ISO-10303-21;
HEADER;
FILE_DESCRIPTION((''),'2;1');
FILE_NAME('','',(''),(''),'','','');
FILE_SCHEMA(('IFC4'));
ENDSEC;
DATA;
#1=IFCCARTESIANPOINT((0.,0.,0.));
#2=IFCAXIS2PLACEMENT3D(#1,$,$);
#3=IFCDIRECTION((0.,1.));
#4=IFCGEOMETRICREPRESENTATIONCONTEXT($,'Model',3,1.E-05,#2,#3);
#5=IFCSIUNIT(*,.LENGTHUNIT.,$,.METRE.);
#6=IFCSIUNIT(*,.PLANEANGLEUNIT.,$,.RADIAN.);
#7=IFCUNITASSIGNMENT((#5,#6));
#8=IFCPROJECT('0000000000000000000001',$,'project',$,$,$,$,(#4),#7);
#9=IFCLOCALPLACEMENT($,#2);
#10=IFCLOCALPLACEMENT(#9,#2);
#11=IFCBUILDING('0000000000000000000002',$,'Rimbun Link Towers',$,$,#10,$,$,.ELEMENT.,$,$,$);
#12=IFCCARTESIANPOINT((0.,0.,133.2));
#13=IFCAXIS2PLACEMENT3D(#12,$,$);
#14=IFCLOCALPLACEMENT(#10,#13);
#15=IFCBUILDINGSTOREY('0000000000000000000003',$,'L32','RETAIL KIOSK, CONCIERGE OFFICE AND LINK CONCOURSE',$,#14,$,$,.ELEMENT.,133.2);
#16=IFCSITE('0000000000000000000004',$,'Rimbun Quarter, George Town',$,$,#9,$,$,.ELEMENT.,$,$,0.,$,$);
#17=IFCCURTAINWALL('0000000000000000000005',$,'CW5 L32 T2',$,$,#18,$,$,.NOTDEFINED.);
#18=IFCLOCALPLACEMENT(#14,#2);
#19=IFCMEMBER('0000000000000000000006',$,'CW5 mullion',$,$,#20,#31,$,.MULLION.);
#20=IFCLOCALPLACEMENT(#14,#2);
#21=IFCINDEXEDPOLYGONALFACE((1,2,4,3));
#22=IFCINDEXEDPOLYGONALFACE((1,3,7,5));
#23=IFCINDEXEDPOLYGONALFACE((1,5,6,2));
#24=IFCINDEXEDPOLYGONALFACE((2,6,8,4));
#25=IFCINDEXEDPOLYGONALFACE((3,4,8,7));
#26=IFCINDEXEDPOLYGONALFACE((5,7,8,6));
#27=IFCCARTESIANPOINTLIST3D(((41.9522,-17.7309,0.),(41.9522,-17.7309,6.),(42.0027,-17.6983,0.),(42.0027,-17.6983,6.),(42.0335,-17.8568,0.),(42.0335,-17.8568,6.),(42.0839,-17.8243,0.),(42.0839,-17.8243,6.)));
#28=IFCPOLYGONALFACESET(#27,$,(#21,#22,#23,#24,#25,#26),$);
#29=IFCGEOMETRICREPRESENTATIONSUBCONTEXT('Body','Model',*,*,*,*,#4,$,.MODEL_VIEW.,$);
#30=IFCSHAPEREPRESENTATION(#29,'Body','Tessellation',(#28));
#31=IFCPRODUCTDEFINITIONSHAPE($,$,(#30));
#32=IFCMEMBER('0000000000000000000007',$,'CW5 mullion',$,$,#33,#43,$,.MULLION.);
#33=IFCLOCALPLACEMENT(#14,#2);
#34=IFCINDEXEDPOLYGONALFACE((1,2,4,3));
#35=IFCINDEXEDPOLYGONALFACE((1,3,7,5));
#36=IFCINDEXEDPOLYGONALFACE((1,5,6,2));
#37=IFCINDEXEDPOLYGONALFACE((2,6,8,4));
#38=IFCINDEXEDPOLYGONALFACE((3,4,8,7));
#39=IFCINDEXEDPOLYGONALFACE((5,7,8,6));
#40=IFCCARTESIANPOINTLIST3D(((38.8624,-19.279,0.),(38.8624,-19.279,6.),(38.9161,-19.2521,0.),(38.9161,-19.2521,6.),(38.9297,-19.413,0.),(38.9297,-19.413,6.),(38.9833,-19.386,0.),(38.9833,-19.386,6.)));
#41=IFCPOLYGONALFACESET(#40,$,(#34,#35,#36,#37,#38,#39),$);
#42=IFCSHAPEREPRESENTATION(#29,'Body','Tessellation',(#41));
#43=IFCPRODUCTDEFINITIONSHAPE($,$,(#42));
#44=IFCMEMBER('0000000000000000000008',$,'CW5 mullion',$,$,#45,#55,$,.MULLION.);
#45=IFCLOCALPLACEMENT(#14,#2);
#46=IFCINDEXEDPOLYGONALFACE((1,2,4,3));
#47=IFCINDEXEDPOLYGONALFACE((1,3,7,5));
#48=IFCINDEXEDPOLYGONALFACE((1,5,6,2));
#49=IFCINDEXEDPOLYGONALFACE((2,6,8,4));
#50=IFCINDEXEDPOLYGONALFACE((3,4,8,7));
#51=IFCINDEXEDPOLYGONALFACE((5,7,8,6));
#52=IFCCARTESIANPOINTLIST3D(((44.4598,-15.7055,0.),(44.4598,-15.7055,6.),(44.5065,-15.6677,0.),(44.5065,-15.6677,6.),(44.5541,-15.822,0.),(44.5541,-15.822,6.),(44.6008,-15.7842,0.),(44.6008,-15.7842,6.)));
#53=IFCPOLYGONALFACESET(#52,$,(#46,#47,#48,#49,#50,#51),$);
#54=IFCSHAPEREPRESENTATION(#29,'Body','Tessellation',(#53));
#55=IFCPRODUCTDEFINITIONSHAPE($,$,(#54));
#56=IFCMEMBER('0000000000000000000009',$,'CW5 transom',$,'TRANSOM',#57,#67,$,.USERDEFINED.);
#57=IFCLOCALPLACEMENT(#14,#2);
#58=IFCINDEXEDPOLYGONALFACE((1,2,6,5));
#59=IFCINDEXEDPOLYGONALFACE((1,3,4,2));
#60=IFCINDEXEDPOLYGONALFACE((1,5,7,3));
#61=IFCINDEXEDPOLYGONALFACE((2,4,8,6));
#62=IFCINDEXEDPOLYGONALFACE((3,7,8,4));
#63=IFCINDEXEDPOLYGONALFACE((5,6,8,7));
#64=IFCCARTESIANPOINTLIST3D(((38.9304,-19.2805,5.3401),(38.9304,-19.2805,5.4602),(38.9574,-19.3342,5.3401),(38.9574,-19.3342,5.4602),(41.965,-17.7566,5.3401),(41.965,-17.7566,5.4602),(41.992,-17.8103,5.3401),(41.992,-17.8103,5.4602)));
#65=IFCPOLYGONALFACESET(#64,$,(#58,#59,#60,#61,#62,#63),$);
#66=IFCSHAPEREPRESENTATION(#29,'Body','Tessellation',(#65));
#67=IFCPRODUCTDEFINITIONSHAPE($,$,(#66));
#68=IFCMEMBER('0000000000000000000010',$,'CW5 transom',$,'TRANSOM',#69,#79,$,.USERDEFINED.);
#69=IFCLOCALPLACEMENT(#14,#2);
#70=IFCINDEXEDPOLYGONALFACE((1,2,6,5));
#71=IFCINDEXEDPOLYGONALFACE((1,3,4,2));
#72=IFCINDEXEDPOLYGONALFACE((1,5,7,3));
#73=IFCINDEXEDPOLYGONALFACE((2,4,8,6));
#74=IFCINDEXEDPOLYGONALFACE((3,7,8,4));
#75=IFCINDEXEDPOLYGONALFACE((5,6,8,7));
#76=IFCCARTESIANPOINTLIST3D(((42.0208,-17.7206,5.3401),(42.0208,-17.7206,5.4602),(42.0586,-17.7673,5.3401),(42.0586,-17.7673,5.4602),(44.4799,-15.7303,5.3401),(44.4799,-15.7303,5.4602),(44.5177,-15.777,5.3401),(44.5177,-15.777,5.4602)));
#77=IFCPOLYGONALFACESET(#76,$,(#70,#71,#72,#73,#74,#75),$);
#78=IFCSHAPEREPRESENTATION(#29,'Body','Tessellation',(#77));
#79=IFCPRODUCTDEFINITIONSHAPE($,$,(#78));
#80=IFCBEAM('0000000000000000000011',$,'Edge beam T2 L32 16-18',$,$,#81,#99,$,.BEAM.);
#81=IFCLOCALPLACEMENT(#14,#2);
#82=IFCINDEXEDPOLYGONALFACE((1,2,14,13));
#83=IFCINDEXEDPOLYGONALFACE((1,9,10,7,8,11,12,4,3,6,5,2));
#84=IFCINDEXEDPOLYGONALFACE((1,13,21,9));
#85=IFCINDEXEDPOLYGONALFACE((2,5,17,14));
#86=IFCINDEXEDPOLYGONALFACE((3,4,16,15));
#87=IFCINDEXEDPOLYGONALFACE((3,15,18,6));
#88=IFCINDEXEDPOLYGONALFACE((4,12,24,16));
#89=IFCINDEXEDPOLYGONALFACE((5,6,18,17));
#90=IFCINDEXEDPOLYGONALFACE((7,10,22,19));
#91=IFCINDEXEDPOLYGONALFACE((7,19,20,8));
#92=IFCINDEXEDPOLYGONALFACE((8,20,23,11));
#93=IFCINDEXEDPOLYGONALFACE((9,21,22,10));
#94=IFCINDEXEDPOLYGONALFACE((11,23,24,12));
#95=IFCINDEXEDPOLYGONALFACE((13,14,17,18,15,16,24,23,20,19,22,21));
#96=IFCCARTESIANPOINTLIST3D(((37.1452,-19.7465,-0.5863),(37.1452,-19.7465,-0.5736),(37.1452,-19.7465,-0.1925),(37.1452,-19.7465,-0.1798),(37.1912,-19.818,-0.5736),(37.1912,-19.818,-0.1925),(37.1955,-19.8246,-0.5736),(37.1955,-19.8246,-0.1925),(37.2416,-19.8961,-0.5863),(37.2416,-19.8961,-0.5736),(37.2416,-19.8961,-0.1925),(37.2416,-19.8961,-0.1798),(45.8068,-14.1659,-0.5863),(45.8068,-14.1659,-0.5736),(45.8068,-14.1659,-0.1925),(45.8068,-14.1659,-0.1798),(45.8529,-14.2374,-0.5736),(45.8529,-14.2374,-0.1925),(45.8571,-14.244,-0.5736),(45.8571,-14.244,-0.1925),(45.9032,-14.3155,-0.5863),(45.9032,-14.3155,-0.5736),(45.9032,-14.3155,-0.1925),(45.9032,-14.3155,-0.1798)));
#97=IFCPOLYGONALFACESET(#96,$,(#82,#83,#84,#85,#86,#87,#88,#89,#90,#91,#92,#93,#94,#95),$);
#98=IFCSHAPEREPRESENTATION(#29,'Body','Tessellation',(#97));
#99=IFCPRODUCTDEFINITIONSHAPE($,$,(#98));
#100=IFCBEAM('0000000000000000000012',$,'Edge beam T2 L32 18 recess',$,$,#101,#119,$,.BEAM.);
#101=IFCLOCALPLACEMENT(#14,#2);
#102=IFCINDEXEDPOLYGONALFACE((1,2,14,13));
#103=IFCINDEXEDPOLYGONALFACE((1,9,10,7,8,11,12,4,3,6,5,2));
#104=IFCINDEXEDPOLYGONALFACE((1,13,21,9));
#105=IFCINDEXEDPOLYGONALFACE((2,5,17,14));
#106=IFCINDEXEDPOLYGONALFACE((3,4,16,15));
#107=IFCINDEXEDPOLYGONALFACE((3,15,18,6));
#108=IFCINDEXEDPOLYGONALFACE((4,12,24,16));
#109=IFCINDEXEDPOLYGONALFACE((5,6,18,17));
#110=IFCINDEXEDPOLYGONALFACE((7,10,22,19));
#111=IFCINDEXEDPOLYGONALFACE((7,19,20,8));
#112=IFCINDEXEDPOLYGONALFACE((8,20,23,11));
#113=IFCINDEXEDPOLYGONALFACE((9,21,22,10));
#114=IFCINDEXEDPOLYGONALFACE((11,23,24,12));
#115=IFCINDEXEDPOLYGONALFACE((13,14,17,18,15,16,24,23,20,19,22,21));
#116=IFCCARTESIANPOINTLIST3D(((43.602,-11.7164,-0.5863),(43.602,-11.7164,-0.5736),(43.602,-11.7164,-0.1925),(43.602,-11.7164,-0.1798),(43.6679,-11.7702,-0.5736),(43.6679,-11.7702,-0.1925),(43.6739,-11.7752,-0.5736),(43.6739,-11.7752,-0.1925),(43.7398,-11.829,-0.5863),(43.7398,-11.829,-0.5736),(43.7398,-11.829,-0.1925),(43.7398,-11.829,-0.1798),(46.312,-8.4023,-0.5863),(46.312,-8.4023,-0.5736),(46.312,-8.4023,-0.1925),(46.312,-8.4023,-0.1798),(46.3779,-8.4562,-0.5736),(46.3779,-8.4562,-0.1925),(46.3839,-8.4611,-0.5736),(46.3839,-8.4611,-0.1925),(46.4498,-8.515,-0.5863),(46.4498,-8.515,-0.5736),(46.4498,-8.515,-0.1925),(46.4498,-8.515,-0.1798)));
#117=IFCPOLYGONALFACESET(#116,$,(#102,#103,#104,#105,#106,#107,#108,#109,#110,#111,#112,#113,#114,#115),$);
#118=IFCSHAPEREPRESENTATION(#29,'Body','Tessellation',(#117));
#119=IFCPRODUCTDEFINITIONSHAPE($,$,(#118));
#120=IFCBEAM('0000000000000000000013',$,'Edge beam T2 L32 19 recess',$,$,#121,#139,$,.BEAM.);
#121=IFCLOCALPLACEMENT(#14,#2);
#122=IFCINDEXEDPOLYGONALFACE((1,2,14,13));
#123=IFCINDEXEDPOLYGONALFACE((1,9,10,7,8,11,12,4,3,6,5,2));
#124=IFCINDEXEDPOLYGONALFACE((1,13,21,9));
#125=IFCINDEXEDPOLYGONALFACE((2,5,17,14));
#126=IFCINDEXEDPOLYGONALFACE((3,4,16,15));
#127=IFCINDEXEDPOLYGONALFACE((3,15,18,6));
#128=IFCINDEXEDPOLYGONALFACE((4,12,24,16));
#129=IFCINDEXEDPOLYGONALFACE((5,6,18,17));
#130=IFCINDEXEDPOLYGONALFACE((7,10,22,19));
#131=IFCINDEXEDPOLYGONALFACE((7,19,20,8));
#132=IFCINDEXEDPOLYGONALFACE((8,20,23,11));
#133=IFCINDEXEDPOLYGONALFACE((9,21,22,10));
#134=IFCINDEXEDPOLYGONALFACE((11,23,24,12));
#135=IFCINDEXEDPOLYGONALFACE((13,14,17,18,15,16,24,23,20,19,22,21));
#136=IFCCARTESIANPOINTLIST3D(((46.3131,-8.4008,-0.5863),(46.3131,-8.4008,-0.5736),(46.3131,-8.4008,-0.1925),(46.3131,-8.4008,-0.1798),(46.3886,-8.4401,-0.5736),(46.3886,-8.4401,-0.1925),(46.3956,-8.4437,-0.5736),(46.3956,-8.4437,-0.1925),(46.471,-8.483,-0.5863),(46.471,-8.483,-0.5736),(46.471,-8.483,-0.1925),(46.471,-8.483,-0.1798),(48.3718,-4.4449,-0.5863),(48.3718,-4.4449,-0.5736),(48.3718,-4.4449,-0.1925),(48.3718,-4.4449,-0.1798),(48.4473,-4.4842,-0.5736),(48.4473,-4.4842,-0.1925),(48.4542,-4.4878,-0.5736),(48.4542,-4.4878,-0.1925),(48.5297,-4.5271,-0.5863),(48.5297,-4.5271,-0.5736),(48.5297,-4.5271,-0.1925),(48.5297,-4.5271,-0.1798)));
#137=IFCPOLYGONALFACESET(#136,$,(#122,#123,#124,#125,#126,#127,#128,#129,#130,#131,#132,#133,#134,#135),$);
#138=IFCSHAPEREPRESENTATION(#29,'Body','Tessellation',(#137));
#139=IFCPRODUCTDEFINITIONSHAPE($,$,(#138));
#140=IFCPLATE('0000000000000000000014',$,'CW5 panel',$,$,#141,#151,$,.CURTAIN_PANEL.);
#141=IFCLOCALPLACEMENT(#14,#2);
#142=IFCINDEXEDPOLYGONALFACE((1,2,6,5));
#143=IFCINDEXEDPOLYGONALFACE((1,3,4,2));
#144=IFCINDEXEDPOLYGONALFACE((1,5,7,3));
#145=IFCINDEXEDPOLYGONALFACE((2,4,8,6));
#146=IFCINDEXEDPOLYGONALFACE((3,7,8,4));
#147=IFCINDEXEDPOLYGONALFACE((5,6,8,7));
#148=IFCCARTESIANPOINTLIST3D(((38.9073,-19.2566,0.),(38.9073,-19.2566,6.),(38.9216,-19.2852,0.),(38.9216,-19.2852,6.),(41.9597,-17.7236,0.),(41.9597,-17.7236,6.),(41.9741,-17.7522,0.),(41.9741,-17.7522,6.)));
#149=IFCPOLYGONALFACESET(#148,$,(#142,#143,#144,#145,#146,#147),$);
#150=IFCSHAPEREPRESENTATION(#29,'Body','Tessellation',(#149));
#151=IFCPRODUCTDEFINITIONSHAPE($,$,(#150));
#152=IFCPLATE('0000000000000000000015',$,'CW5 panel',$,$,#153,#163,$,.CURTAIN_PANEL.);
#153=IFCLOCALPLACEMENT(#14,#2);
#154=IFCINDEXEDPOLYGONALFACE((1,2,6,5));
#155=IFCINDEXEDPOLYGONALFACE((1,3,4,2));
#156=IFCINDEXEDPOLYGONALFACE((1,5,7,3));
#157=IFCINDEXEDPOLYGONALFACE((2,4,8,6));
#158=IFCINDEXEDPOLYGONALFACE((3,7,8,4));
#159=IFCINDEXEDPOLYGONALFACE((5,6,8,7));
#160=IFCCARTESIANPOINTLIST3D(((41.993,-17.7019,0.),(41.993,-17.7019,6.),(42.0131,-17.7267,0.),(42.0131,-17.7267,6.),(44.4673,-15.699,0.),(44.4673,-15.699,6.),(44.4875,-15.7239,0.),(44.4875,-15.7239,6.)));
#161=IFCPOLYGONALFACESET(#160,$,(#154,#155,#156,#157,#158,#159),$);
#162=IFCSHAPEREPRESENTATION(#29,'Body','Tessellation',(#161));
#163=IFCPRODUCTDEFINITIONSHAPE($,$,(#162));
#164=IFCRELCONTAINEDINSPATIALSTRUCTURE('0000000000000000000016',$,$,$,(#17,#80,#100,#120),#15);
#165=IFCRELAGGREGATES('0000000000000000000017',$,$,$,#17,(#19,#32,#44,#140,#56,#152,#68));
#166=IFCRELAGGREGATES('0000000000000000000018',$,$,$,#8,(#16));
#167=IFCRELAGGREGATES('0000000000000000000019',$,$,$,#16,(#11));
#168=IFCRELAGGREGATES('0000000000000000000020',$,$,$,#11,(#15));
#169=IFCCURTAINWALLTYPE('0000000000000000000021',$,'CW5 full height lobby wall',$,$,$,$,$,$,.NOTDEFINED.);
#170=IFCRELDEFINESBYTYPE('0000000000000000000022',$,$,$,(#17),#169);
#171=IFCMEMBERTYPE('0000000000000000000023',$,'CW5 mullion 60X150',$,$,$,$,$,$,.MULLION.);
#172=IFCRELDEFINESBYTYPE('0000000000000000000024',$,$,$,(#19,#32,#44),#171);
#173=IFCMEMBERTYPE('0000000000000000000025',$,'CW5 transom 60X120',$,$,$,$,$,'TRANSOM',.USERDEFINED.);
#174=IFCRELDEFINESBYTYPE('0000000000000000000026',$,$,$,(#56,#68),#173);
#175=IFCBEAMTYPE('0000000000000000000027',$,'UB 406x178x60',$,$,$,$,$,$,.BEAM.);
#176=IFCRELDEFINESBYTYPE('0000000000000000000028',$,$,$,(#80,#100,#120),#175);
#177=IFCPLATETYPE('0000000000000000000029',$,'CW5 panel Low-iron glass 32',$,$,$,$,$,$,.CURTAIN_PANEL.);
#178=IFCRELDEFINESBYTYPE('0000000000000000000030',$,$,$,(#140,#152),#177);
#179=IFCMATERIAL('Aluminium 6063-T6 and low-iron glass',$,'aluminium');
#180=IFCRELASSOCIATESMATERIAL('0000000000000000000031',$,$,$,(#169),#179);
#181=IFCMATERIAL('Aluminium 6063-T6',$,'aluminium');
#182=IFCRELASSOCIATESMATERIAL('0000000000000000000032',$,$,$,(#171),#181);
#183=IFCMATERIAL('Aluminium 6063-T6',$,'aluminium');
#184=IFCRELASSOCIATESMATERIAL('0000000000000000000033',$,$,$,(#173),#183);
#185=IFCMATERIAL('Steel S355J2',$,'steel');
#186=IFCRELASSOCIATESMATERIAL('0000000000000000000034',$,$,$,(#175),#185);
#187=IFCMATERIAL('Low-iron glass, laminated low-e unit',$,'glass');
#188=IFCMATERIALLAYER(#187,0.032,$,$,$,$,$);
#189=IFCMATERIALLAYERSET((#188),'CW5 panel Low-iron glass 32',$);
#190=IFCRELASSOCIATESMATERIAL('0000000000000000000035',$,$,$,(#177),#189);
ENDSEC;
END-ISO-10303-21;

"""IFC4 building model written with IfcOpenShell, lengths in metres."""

from ifc_helpers import new_model, si_unit, direction, frame, origin, origin_2d, place, context, subcontext, project, spatial, rectangle, i_section, extrude, material, layer, layer_set, material_profile, profile_set, type_object, element, aggregate, save


model = new_model("IFC4")

# Units and contexts
model_context = context("Model", 3, precision=1e-05, world=origin(), true_north=direction((0.0, 1.0)))
body_context = subcontext(model_context, "Body", "Model", "MODEL_VIEW")
ifc_project = project(units=[si_unit("LENGTHUNIT", "METRE"), si_unit("PLANEANGLEUNIT", "RADIAN")], contexts=[model_context])

# Site, building, storey
site_placement = place(None, origin())
site = spatial("IfcSite", under=ifc_project, at=site_placement, Name="Rimbun Quarter, George Town", CompositionType="ELEMENT", RefElevation=0.0)
building_placement = place(site_placement, origin())
building = spatial("IfcBuilding", under=site, at=building_placement, Name="Rimbun Link Towers", CompositionType="ELEMENT")
storey_placement = place(building_placement, frame((0.0, 0.0, 133.2)))
storey = spatial("IfcBuildingStorey", under=building, at=storey_placement, Name="L32", Description="RETAIL KIOSK, CONCIERGE OFFICE AND LINK CONCOURSE", CompositionType="ELEMENT", Elevation=133.2)

# Curtain wall, members
ifc_material_1 = material(Name="Aluminium 6063-T6 and low-iron glass", Category="aluminium")
curtain_wall_type = type_object("IfcCurtainWallType", Name="CW5 full height lobby wall", PredefinedType="NOTDEFINED", material=ifc_material_1)
curtain_wall_placement = place(storey_placement, origin())
curtain_wall = element("IfcCurtainWall", 1, at=curtain_wall_placement, inside=storey, type_object=curtain_wall_type, Name="CW5 L32 T2", PredefinedType="NOTDEFINED")
ifc_material_2 = material(Name="Aluminium 6063-T6", Category="aluminium")
ifc_material_profile_1 = material_profile(ifc_material_2, rectangle(XDim=0.1499, YDim=0.0601, at=origin_2d()), Name="MULLION 60X150")
ifc_profile_set_1 = profile_set([ifc_material_profile_1], Name="Aluminium 6063-T6")
member_type_1 = type_object("IfcMemberType", Name="CW5 mullion 60X150", PredefinedType="MULLION", material=ifc_profile_set_1)
member_1_placement = place(storey_placement, frame((42.0181, -17.7776, 0.0), z_axis=(0.0, 0.0, 1.0), x_axis=(0.542102, -0.840313, 0.0)))
member_1 = element("IfcMember", 2, at=member_1_placement, type_object=member_type_1, Name="CW5 mullion", PredefinedType="MULLION", context=body_context, shape_type="SweptSolid", body=[
    extrude(rectangle(XDim=0.1499, YDim=0.0601, at=origin_2d()), origin(), (0.0, 0.0, 1.0), 6.0),
])
member_2_placement = place(storey_placement, frame((38.9229, -19.3325, 0.0), z_axis=(0.0, 0.0, 1.0), x_axis=(0.448782, -0.893641, 0.0)))
member_2 = element("IfcMember", 3, at=member_2_placement, type_object=member_type_1, Name="CW5 mullion", PredefinedType="MULLION", context=body_context, shape_type="SweptSolid", body=[
    extrude(rectangle(XDim=0.1499, YDim=0.0601, at=origin_2d()), origin(), (0.0, 0.0, 1.0), 6.0),
])
member_3_placement = place(storey_placement, frame((44.5303, -15.7449, 0.0), z_axis=(0.0, 0.0, 1.0), x_axis=(0.629159, -0.777277, 0.0)))
member_3 = element("IfcMember", 4, at=member_3_placement, type_object=member_type_1, Name="CW5 mullion", PredefinedType="MULLION", context=body_context, shape_type="SweptSolid", body=[
    extrude(rectangle(XDim=0.1499, YDim=0.0601, at=origin_2d()), origin(), (0.0, 0.0, 1.0), 6.0),
])
ifc_material_3 = material(Name="Aluminium 6063-T6", Category="aluminium")
ifc_material_profile_2 = material_profile(ifc_material_3, rectangle(XDim=0.0601, YDim=0.1201, at=origin_2d()), Name="TRANSOM 60X120")
ifc_profile_set_2 = profile_set([ifc_material_profile_2], Name="Aluminium 6063-T6")
member_type_2 = type_object("IfcMemberType", Name="CW5 transom 60X120", ElementType="TRANSOM", PredefinedType="USERDEFINED", material=ifc_profile_set_2)
member_4_placement = place(storey_placement, frame((41.9785, -17.7834, 5.4001), z_axis=(-0.893649, -0.448766, 0.0), x_axis=(0.448766, -0.893649, 0.0)))
member_4 = element("IfcMember", 5, at=member_4_placement, type_object=member_type_2, Name="CW5 transom", ObjectType="TRANSOM", PredefinedType="USERDEFINED", context=body_context, shape_type="SweptSolid", body=[
    extrude(rectangle(XDim=0.0601, YDim=0.1201, at=origin_2d()), origin(), (0.0, 0.0, 1.0), 3.3958),
])
member_5_placement = place(storey_placement, frame((44.4988, -15.7537, 5.4001), z_axis=(-0.777302, -0.629127, 0.0), x_axis=(0.629127, -0.777302, 0.0)))
member_5 = element("IfcMember", 6, at=member_5_placement, type_object=member_type_2, Name="CW5 transom", ObjectType="TRANSOM", PredefinedType="USERDEFINED", context=body_context, shape_type="SweptSolid", body=[
    extrude(rectangle(XDim=0.0601, YDim=0.1201, at=origin_2d()), origin(), (0.0, 0.0, 1.0), 3.1636),
])

# Beams
ifc_material_4 = material(Name="Steel S355J2", Category="steel")
ifc_material_profile_3 = material_profile(ifc_material_4, i_section(OverallWidth=0.178, OverallDepth=0.4065, WebThickness=0.0078, FlangeThickness=0.0127, at=origin_2d()), Name="UB 406x178x60")
ifc_profile_set_3 = profile_set([ifc_material_profile_3], Name="Steel S355J2")
beam_type = type_object("IfcBeamType", Name="UB 406x178x60", PredefinedType="BEAM", material=ifc_profile_set_3)
beam_1_placement = place(storey_placement, frame((37.1934, -19.8213, -0.3831), z_axis=(0.840631, 0.541608, 0.0), x_axis=(-0.541608, 0.840631, 0.0)))
element("IfcBeam", 7, at=beam_1_placement, inside=storey, type_object=beam_type, Name="Edge beam T2 L32 16-18", PredefinedType="BEAM", context=body_context, shape_type="SweptSolid", body=[
    extrude(i_section(OverallWidth=0.178, OverallDepth=0.4065, WebThickness=0.0078, FlangeThickness=0.0127, at=origin_2d()), origin(), (0.0, 0.0, 1.0), 10.3037),
])
beam_2_placement = place(storey_placement, frame((43.6709, -11.7727, -0.3831), z_axis=(0.633033, 0.774125, 0.0), x_axis=(-0.774125, 0.633033, 0.0)))
element("IfcBeam", 8, at=beam_2_placement, inside=storey, type_object=beam_type, Name="Edge beam T2 L32 18 recess", PredefinedType="BEAM", context=body_context, shape_type="SweptSolid", body=[
    extrude(i_section(OverallWidth=0.178, OverallDepth=0.4065, WebThickness=0.0078, FlangeThickness=0.0127, at=origin_2d()), origin(), (0.0, 0.0, 1.0), 4.281),
])
beam_3_placement = place(storey_placement, frame((46.3921, -8.4419, -0.3831), z_axis=(0.46163, 0.887072, 0.0), x_axis=(-0.887072, 0.46163, 0.0)))
element("IfcBeam", 9, at=beam_3_placement, inside=storey, type_object=beam_type, Name="Edge beam T2 L32 19 recess", PredefinedType="BEAM", context=body_context, shape_type="SweptSolid", body=[
    extrude(i_section(OverallWidth=0.178, OverallDepth=0.4065, WebThickness=0.0078, FlangeThickness=0.0127, at=origin_2d()), origin(), (0.0, 0.0, 1.0), 4.4595),
])

# Plates
ifc_material_5 = material(Name="Low-iron glass, laminated low-e unit", Category="glass")
ifc_layer_1 = layer(ifc_material_5, 0.032)
ifc_layer_set_1 = layer_set([ifc_layer_1], Name="CW5 panel Low-iron glass 32")
plate_type = type_object("IfcPlateType", Name="CW5 panel Low-iron glass 32", PredefinedType="CURTAIN_PANEL", material=ifc_layer_set_1)
plate_1_placement = place(storey_placement, frame((40.4407, -18.5044, 0.0), z_axis=(0.0, 0.0, 1.0), x_axis=(-0.893641, -0.448782, 0.0)))
plate_1 = element("IfcPlate", 10, at=plate_1_placement, type_object=plate_type, Name="CW5 panel", PredefinedType="CURTAIN_PANEL", context=body_context, shape_type="SweptSolid", body=[
    extrude(rectangle(XDim=3.4158, YDim=0.032, at=origin_2d()), origin(), (0.0, 0.0, 1.0), 6.0),
])
plate_2_placement = place(storey_placement, frame((43.2402, -16.7129, 0.0), z_axis=(0.0, 0.0, 1.0), x_axis=(-0.777277, -0.629159, 0.0)))
plate_2 = element("IfcPlate", 11, at=plate_2_placement, type_object=plate_type, Name="CW5 panel", PredefinedType="CURTAIN_PANEL", context=body_context, shape_type="SweptSolid", body=[
    extrude(rectangle(XDim=3.1833, YDim=0.032, at=origin_2d()), origin(), (0.0, 0.0, 1.0), 6.0),
])
aggregate(curtain_wall, [member_1, member_2, member_3, plate_1, member_4, plate_2, member_5])

save(model, "model.ifc")
